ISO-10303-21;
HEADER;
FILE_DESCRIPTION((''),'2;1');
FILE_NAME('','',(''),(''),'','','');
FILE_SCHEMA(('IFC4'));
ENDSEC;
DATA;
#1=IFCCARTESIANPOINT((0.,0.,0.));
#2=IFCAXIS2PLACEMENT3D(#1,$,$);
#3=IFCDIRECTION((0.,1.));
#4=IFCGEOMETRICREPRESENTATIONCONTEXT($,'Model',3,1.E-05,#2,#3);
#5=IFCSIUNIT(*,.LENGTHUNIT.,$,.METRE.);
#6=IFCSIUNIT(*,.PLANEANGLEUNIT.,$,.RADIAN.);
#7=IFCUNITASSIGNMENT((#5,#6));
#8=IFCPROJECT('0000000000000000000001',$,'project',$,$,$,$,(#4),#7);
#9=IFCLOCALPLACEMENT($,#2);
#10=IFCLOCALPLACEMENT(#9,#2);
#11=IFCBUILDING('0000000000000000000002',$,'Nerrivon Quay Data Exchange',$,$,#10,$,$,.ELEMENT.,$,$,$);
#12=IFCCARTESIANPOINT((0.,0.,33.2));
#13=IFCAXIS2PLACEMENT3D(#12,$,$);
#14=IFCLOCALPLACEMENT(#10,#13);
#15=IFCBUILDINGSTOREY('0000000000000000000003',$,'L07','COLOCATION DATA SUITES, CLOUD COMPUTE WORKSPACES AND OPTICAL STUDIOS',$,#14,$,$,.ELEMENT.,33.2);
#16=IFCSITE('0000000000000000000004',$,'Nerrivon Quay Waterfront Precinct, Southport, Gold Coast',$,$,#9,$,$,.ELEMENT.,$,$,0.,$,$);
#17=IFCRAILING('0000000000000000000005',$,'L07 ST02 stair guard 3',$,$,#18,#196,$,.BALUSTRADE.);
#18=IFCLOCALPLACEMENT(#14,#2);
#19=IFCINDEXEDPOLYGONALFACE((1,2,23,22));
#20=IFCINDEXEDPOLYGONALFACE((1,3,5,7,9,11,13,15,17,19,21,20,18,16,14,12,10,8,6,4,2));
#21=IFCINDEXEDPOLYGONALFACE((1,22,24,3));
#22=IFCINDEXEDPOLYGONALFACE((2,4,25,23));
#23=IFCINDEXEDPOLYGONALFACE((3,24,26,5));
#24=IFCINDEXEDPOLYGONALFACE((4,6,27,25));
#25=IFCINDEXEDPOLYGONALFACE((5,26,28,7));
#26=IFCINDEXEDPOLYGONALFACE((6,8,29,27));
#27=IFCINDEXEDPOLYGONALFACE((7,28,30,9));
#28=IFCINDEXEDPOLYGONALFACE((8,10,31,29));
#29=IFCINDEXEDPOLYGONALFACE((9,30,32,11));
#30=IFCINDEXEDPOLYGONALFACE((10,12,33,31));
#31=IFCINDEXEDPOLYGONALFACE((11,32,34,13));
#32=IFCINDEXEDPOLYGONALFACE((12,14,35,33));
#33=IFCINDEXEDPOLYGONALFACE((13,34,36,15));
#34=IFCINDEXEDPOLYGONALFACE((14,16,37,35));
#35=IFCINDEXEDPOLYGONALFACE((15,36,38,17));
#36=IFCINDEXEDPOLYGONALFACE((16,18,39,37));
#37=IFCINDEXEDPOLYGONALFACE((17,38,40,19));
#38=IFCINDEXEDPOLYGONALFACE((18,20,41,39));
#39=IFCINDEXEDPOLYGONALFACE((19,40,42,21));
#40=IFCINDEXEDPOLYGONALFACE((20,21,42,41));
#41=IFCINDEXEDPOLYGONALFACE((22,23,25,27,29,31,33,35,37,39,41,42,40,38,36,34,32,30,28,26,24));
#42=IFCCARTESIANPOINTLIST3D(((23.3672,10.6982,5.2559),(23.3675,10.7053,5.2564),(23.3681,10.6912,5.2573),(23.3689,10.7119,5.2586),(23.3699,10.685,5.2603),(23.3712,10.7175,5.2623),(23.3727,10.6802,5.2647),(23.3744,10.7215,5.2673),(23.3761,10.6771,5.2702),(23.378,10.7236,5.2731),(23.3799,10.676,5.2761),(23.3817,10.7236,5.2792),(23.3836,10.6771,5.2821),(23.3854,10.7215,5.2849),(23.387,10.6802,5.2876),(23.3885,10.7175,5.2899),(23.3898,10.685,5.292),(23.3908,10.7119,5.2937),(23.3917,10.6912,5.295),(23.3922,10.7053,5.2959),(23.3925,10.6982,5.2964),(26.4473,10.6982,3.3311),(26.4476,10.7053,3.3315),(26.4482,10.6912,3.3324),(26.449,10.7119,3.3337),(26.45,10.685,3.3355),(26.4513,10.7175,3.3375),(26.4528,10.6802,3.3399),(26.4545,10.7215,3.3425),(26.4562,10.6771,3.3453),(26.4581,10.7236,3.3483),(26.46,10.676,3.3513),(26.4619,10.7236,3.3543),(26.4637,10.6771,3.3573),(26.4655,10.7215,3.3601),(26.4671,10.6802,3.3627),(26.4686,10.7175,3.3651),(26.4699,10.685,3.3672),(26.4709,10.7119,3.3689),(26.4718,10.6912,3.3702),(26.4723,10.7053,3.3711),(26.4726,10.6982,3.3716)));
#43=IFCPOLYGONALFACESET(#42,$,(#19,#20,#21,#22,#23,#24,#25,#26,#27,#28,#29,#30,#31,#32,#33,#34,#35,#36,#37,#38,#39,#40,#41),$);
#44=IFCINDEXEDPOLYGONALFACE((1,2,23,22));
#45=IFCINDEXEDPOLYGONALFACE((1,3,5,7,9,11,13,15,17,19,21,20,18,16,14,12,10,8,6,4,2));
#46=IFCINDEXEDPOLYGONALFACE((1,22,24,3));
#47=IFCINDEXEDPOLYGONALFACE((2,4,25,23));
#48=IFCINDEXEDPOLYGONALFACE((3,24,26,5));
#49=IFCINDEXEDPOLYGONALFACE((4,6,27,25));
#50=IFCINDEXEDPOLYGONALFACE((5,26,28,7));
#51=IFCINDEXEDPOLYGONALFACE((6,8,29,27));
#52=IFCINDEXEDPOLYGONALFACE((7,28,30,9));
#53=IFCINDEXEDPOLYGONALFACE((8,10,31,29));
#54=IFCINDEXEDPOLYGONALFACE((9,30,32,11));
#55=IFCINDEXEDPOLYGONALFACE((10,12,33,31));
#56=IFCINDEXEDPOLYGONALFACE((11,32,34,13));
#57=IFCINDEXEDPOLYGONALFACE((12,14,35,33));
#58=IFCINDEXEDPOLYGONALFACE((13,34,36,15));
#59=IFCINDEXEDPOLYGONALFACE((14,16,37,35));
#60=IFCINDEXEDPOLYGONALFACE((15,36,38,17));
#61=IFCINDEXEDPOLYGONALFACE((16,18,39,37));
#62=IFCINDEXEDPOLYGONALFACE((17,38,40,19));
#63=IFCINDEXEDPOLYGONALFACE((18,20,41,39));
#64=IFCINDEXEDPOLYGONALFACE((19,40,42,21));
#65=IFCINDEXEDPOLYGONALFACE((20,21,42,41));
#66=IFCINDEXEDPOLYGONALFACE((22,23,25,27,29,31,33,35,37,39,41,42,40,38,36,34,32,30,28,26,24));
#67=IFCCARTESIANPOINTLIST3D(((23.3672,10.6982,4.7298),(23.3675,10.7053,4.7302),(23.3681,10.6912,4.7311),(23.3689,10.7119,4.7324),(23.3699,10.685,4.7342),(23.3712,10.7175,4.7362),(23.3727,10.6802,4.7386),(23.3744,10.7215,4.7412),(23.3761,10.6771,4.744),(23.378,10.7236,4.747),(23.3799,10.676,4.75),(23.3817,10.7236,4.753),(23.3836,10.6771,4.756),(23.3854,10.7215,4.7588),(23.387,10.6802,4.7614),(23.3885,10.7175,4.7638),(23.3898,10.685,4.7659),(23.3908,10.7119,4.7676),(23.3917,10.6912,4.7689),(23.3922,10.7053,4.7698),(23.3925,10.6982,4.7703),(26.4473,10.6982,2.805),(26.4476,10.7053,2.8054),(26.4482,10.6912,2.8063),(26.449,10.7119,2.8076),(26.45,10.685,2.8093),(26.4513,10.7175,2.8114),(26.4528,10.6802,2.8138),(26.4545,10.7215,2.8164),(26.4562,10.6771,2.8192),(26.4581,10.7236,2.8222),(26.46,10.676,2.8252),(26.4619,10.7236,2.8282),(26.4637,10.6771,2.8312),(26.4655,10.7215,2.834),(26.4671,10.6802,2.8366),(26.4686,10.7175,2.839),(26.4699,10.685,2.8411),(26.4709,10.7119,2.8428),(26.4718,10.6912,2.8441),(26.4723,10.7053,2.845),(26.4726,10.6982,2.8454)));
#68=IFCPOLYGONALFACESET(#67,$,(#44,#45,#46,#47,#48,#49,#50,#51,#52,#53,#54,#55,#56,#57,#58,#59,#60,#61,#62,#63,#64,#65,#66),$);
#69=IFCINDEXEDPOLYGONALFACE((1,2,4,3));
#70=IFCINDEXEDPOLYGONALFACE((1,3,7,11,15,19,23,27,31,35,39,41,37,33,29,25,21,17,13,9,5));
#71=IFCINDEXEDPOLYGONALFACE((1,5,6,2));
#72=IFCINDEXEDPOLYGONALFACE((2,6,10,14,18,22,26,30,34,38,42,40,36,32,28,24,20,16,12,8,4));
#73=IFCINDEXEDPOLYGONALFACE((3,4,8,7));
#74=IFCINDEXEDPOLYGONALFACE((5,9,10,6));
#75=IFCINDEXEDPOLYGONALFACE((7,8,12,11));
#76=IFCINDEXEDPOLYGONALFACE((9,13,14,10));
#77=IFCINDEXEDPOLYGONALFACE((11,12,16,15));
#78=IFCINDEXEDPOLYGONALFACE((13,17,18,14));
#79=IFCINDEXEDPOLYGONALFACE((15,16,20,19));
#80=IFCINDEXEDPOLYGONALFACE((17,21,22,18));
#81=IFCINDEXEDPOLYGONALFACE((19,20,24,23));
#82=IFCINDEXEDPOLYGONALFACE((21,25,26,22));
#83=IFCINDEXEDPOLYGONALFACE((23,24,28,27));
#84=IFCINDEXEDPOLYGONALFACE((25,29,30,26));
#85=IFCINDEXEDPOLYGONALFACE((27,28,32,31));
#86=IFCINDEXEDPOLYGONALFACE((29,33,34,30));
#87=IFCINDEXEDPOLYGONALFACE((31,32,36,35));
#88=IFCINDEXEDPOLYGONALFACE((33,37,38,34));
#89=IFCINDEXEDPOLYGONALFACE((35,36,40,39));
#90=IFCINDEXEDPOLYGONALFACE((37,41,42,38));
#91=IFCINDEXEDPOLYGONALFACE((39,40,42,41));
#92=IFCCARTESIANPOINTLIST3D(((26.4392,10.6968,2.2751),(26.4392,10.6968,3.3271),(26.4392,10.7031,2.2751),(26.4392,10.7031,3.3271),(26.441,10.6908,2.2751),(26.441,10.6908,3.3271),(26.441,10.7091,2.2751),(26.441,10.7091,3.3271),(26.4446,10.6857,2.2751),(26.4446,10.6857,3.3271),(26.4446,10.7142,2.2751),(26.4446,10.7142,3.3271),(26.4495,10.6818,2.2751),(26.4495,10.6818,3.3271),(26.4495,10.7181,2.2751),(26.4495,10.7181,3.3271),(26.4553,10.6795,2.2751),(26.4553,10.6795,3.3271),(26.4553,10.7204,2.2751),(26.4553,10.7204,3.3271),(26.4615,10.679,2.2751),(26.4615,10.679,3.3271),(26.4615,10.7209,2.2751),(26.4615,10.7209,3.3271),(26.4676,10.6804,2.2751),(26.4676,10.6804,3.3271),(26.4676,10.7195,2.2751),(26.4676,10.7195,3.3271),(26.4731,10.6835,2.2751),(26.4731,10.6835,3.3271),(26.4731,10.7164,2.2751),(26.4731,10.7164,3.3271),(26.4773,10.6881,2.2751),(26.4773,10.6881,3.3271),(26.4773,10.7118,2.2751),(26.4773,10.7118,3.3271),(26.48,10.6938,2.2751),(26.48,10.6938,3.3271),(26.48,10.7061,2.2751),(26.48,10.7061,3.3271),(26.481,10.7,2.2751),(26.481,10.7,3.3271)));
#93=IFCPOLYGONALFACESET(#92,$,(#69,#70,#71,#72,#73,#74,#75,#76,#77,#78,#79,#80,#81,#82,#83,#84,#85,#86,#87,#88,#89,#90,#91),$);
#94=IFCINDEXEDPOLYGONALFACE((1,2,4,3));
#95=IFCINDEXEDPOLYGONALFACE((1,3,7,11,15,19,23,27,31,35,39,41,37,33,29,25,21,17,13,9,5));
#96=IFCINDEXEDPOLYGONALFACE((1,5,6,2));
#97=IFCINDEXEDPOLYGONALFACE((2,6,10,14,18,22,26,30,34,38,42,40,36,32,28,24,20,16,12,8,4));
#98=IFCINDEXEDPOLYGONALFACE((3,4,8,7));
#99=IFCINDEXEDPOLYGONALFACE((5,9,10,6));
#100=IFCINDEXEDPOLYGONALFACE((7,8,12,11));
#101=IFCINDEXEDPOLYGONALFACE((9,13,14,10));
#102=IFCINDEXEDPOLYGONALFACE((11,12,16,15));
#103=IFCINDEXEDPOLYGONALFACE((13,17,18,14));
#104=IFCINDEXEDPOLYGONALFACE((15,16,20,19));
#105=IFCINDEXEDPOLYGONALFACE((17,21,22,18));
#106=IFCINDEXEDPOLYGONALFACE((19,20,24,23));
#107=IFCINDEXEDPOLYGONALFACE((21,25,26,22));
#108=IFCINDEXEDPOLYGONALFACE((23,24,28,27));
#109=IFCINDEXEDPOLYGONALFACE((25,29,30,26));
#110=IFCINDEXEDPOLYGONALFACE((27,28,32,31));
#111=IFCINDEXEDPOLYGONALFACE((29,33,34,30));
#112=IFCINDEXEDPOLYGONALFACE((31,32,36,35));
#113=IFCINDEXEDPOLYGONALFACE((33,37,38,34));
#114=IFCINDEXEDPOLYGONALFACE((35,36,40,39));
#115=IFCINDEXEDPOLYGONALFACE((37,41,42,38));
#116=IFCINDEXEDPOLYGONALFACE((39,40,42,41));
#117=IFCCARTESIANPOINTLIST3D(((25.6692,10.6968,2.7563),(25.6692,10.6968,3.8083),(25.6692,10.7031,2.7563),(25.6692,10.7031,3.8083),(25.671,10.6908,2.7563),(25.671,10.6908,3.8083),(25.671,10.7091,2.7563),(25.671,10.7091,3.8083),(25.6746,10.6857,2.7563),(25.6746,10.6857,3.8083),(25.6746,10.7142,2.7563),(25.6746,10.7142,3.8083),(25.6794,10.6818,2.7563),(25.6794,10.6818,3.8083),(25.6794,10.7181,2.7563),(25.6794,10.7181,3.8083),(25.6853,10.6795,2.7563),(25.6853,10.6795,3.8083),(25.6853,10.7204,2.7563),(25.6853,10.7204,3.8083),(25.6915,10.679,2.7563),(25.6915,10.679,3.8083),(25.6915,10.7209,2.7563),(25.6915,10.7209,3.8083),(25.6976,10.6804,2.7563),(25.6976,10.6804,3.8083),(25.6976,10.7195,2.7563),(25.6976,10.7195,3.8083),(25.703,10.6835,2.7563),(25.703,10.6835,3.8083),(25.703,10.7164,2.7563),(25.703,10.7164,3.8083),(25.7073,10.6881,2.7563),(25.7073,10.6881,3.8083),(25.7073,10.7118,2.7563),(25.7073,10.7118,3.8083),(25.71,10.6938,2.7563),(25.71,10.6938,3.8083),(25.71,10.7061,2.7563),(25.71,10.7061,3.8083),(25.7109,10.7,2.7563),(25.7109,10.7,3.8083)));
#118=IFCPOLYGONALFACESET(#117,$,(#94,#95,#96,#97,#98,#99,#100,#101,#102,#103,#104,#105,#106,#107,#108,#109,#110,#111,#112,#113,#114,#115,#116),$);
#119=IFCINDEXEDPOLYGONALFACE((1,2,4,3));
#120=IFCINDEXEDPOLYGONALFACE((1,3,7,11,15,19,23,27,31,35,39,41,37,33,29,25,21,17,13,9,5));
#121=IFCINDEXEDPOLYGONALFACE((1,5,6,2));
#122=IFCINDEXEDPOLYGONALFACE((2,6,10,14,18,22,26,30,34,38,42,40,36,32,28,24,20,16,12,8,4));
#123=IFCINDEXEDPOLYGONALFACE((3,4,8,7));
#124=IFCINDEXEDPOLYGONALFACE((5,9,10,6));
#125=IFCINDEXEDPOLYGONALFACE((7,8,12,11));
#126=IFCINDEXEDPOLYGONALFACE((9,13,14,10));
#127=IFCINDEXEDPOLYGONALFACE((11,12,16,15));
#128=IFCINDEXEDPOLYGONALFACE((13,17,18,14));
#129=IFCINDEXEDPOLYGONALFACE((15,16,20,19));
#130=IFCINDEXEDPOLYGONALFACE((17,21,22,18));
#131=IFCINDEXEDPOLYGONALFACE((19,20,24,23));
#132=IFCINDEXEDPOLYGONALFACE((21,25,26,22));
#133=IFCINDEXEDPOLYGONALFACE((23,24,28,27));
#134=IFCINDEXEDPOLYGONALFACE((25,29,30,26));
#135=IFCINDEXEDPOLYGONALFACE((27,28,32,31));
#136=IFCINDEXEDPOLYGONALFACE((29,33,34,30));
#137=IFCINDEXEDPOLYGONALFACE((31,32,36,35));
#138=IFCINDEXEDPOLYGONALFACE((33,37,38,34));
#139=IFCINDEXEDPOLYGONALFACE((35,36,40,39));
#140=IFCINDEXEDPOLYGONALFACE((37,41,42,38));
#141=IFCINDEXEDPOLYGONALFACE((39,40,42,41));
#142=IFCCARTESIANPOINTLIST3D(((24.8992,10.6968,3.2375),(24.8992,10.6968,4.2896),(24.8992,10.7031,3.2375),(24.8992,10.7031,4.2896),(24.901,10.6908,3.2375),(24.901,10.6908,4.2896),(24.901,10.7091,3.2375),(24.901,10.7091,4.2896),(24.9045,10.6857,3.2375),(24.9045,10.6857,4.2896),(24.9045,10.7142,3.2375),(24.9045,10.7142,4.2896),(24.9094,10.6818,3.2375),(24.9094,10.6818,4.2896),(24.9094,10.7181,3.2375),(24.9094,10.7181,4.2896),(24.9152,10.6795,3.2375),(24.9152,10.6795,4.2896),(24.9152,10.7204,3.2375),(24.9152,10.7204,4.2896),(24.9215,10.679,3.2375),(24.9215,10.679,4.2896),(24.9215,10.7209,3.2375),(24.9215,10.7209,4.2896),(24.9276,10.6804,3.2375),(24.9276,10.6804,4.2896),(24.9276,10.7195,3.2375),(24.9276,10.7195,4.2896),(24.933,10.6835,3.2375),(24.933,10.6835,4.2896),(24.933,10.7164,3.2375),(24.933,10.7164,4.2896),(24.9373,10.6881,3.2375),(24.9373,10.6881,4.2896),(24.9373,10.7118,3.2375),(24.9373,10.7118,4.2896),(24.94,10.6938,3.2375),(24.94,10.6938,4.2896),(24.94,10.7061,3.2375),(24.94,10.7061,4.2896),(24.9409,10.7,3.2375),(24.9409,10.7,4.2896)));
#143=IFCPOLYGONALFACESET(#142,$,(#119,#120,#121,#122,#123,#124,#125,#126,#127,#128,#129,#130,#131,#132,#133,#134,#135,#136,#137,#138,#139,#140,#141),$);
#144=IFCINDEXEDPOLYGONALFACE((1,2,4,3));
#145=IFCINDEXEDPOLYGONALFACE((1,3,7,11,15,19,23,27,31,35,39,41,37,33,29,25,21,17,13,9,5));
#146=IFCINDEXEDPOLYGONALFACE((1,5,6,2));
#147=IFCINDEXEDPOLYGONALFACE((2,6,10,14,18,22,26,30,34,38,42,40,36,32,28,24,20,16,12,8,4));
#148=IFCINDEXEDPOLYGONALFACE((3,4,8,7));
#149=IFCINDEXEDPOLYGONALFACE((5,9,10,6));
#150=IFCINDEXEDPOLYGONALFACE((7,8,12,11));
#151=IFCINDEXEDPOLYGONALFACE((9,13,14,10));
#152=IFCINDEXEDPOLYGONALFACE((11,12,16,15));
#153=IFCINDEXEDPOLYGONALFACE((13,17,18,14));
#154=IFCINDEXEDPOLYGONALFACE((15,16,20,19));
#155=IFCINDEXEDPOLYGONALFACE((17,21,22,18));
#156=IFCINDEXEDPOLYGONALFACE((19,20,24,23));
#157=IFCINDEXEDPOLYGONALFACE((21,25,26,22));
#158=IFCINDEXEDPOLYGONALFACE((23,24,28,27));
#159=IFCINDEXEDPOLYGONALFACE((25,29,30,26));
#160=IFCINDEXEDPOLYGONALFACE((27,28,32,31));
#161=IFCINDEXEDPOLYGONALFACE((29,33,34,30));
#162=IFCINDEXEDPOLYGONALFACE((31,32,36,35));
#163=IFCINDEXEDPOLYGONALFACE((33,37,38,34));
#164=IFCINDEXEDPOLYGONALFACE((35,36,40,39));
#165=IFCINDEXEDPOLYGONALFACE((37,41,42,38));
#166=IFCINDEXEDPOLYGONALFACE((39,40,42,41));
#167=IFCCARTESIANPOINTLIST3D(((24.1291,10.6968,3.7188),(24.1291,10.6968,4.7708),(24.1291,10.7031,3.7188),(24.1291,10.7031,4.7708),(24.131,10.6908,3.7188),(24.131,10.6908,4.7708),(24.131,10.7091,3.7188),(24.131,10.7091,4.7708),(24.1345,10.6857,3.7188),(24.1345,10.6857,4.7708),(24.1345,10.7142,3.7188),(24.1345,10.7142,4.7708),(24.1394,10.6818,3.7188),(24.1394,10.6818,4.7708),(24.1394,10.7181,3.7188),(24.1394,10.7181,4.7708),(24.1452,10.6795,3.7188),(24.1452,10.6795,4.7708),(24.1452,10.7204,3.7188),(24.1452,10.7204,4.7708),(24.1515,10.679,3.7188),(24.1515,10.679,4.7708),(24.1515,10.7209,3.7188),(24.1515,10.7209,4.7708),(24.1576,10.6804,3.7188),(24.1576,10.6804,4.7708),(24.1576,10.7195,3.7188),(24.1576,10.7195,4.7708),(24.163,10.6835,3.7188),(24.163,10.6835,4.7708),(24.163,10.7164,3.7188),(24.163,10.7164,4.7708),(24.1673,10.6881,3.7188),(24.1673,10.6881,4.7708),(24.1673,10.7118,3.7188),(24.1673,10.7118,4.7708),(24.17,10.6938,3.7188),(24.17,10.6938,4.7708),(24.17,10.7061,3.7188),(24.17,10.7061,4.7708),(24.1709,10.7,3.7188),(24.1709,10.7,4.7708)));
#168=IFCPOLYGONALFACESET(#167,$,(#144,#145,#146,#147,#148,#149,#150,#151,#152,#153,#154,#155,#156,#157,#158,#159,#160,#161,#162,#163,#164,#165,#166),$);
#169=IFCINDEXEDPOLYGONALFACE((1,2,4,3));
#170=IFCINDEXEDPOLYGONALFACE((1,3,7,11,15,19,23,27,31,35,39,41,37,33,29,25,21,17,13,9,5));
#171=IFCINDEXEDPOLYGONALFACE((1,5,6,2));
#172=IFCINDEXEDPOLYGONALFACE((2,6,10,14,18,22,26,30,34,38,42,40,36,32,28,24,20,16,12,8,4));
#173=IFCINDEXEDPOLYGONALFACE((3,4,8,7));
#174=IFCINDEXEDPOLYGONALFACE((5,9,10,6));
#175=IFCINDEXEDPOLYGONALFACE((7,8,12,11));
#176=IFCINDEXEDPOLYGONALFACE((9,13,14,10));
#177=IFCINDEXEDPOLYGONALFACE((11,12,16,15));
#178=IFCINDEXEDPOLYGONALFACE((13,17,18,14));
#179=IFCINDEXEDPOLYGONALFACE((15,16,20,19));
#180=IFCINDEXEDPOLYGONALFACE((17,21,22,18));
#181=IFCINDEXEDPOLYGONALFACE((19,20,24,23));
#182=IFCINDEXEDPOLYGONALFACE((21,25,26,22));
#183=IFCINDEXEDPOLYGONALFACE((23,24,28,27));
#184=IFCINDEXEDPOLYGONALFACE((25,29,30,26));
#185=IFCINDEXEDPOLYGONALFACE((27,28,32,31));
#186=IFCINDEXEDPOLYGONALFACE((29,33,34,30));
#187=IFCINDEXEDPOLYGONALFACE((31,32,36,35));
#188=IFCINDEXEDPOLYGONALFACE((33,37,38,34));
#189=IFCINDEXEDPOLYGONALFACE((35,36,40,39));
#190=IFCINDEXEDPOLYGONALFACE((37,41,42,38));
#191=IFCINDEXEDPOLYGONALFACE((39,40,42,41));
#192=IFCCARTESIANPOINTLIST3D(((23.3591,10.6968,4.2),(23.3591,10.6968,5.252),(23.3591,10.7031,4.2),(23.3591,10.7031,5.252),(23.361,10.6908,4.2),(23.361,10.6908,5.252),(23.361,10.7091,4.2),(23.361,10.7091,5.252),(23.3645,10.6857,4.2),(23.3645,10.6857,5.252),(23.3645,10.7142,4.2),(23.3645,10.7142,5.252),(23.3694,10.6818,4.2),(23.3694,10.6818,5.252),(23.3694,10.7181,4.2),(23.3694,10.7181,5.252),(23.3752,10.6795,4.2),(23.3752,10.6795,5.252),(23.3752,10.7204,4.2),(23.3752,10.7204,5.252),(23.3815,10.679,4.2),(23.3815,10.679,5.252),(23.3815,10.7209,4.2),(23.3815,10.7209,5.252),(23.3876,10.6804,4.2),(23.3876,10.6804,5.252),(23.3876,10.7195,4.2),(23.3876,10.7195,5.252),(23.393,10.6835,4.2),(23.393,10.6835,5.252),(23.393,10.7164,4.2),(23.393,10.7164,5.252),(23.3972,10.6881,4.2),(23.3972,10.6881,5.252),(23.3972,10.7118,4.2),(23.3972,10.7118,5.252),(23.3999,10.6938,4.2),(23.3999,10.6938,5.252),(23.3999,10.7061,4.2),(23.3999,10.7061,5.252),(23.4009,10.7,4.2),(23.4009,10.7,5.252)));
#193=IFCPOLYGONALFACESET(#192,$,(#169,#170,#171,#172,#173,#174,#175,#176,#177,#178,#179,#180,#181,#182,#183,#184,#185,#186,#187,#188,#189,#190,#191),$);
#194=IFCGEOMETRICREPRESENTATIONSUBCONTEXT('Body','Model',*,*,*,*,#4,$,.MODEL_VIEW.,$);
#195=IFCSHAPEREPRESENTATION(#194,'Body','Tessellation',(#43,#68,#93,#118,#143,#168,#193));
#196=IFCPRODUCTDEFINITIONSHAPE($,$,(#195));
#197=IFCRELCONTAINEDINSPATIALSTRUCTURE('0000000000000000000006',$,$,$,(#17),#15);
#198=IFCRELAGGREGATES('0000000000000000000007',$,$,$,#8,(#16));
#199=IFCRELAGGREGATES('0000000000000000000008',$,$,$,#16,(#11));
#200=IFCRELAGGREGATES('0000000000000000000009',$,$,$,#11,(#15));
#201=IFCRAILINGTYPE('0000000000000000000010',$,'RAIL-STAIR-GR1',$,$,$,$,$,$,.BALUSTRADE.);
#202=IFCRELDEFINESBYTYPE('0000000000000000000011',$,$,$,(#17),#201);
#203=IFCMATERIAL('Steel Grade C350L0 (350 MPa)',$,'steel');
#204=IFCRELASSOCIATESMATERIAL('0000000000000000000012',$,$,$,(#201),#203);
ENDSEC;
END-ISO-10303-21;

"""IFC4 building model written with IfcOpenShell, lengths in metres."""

from ifc_helpers import new_model, si_unit, direction, frame, origin, origin_2d, place, context, subcontext, project, spatial, circle, extrude, material, type_object, element, save


model = new_model("IFC4")

# Units and contexts
model_context = context("Model", 3, precision=1e-05, world=origin(), true_north=direction((0.0, 1.0)))
body_context = subcontext(model_context, "Body", "Model", "MODEL_VIEW")
ifc_project = project(units=[si_unit("LENGTHUNIT", "METRE"), si_unit("PLANEANGLEUNIT", "RADIAN")], contexts=[model_context])

# Site, building, storey
site_placement = place(None, origin())
site = spatial("IfcSite", under=ifc_project, at=site_placement, Name="Nerrivon Quay Waterfront Precinct, Southport, Gold Coast", CompositionType="ELEMENT", RefElevation=0.0)
building_placement = place(site_placement, origin())
building = spatial("IfcBuilding", under=site, at=building_placement, Name="Nerrivon Quay Data Exchange", CompositionType="ELEMENT")
storey_placement = place(building_placement, frame((0.0, 0.0, 33.2)))
storey = spatial("IfcBuildingStorey", under=building, at=storey_placement, Name="L07", Description="COLOCATION DATA SUITES, CLOUD COMPUTE WORKSPACES AND OPTICAL STUDIOS", CompositionType="ELEMENT", Elevation=33.2)

# Railing
ifc_material_1 = material(Name="Steel Grade C350L0 (350 MPa)", Category="steel")
railing_type_1 = type_object("IfcRailingType", Name="RAIL-STAIR-GR1", PredefinedType="BALUSTRADE", material=ifc_material_1)
railing_1_placement = place(storey_placement, frame((26.46, 10.7, 2.2751)))
element("IfcRailing", 1, at=railing_1_placement, inside=storey, type_object=railing_type_1, Name="L07 ST02 stair guard 3", PredefinedType="BALUSTRADE", context=body_context, shape_type="SweptSolid", body=[
    extrude(circle(Radius=0.0239, at=origin_2d()), frame((0.0, 0.0, 1.0762), z_axis=(-0.848029, 0.0, 0.529951), x_axis=(0.0, -1.0, 0.0)), (0.0, 0.0, 1.0), 3.6321),
    extrude(circle(Radius=0.0239, at=origin_2d()), frame((0.0, 0.0, 0.55), z_axis=(-0.848029, 0.0, 0.529951), x_axis=(0.0, -1.0, 0.0)), (0.0, 0.0, 1.0), 3.6321),
    extrude(circle(Radius=0.021, at=origin_2d()), origin(), (0.0, 0.0, 1.0), 1.052),
    extrude(circle(Radius=0.021, at=origin_2d()), frame((-0.77, 0.0, 0.4812)), (0.0, 0.0, 1.0), 1.052),
    extrude(circle(Radius=0.021, at=origin_2d()), frame((-1.54, 0.0, 0.9624)), (0.0, 0.0, 1.0), 1.052),
    extrude(circle(Radius=0.021, at=origin_2d()), frame((-2.3101, 0.0, 1.4436)), (0.0, 0.0, 1.0), 1.052),
    extrude(circle(Radius=0.021, at=origin_2d()), frame((-3.0801, 0.0, 1.9248)), (0.0, 0.0, 1.0), 1.052),
])

save(model, "model.ifc")
